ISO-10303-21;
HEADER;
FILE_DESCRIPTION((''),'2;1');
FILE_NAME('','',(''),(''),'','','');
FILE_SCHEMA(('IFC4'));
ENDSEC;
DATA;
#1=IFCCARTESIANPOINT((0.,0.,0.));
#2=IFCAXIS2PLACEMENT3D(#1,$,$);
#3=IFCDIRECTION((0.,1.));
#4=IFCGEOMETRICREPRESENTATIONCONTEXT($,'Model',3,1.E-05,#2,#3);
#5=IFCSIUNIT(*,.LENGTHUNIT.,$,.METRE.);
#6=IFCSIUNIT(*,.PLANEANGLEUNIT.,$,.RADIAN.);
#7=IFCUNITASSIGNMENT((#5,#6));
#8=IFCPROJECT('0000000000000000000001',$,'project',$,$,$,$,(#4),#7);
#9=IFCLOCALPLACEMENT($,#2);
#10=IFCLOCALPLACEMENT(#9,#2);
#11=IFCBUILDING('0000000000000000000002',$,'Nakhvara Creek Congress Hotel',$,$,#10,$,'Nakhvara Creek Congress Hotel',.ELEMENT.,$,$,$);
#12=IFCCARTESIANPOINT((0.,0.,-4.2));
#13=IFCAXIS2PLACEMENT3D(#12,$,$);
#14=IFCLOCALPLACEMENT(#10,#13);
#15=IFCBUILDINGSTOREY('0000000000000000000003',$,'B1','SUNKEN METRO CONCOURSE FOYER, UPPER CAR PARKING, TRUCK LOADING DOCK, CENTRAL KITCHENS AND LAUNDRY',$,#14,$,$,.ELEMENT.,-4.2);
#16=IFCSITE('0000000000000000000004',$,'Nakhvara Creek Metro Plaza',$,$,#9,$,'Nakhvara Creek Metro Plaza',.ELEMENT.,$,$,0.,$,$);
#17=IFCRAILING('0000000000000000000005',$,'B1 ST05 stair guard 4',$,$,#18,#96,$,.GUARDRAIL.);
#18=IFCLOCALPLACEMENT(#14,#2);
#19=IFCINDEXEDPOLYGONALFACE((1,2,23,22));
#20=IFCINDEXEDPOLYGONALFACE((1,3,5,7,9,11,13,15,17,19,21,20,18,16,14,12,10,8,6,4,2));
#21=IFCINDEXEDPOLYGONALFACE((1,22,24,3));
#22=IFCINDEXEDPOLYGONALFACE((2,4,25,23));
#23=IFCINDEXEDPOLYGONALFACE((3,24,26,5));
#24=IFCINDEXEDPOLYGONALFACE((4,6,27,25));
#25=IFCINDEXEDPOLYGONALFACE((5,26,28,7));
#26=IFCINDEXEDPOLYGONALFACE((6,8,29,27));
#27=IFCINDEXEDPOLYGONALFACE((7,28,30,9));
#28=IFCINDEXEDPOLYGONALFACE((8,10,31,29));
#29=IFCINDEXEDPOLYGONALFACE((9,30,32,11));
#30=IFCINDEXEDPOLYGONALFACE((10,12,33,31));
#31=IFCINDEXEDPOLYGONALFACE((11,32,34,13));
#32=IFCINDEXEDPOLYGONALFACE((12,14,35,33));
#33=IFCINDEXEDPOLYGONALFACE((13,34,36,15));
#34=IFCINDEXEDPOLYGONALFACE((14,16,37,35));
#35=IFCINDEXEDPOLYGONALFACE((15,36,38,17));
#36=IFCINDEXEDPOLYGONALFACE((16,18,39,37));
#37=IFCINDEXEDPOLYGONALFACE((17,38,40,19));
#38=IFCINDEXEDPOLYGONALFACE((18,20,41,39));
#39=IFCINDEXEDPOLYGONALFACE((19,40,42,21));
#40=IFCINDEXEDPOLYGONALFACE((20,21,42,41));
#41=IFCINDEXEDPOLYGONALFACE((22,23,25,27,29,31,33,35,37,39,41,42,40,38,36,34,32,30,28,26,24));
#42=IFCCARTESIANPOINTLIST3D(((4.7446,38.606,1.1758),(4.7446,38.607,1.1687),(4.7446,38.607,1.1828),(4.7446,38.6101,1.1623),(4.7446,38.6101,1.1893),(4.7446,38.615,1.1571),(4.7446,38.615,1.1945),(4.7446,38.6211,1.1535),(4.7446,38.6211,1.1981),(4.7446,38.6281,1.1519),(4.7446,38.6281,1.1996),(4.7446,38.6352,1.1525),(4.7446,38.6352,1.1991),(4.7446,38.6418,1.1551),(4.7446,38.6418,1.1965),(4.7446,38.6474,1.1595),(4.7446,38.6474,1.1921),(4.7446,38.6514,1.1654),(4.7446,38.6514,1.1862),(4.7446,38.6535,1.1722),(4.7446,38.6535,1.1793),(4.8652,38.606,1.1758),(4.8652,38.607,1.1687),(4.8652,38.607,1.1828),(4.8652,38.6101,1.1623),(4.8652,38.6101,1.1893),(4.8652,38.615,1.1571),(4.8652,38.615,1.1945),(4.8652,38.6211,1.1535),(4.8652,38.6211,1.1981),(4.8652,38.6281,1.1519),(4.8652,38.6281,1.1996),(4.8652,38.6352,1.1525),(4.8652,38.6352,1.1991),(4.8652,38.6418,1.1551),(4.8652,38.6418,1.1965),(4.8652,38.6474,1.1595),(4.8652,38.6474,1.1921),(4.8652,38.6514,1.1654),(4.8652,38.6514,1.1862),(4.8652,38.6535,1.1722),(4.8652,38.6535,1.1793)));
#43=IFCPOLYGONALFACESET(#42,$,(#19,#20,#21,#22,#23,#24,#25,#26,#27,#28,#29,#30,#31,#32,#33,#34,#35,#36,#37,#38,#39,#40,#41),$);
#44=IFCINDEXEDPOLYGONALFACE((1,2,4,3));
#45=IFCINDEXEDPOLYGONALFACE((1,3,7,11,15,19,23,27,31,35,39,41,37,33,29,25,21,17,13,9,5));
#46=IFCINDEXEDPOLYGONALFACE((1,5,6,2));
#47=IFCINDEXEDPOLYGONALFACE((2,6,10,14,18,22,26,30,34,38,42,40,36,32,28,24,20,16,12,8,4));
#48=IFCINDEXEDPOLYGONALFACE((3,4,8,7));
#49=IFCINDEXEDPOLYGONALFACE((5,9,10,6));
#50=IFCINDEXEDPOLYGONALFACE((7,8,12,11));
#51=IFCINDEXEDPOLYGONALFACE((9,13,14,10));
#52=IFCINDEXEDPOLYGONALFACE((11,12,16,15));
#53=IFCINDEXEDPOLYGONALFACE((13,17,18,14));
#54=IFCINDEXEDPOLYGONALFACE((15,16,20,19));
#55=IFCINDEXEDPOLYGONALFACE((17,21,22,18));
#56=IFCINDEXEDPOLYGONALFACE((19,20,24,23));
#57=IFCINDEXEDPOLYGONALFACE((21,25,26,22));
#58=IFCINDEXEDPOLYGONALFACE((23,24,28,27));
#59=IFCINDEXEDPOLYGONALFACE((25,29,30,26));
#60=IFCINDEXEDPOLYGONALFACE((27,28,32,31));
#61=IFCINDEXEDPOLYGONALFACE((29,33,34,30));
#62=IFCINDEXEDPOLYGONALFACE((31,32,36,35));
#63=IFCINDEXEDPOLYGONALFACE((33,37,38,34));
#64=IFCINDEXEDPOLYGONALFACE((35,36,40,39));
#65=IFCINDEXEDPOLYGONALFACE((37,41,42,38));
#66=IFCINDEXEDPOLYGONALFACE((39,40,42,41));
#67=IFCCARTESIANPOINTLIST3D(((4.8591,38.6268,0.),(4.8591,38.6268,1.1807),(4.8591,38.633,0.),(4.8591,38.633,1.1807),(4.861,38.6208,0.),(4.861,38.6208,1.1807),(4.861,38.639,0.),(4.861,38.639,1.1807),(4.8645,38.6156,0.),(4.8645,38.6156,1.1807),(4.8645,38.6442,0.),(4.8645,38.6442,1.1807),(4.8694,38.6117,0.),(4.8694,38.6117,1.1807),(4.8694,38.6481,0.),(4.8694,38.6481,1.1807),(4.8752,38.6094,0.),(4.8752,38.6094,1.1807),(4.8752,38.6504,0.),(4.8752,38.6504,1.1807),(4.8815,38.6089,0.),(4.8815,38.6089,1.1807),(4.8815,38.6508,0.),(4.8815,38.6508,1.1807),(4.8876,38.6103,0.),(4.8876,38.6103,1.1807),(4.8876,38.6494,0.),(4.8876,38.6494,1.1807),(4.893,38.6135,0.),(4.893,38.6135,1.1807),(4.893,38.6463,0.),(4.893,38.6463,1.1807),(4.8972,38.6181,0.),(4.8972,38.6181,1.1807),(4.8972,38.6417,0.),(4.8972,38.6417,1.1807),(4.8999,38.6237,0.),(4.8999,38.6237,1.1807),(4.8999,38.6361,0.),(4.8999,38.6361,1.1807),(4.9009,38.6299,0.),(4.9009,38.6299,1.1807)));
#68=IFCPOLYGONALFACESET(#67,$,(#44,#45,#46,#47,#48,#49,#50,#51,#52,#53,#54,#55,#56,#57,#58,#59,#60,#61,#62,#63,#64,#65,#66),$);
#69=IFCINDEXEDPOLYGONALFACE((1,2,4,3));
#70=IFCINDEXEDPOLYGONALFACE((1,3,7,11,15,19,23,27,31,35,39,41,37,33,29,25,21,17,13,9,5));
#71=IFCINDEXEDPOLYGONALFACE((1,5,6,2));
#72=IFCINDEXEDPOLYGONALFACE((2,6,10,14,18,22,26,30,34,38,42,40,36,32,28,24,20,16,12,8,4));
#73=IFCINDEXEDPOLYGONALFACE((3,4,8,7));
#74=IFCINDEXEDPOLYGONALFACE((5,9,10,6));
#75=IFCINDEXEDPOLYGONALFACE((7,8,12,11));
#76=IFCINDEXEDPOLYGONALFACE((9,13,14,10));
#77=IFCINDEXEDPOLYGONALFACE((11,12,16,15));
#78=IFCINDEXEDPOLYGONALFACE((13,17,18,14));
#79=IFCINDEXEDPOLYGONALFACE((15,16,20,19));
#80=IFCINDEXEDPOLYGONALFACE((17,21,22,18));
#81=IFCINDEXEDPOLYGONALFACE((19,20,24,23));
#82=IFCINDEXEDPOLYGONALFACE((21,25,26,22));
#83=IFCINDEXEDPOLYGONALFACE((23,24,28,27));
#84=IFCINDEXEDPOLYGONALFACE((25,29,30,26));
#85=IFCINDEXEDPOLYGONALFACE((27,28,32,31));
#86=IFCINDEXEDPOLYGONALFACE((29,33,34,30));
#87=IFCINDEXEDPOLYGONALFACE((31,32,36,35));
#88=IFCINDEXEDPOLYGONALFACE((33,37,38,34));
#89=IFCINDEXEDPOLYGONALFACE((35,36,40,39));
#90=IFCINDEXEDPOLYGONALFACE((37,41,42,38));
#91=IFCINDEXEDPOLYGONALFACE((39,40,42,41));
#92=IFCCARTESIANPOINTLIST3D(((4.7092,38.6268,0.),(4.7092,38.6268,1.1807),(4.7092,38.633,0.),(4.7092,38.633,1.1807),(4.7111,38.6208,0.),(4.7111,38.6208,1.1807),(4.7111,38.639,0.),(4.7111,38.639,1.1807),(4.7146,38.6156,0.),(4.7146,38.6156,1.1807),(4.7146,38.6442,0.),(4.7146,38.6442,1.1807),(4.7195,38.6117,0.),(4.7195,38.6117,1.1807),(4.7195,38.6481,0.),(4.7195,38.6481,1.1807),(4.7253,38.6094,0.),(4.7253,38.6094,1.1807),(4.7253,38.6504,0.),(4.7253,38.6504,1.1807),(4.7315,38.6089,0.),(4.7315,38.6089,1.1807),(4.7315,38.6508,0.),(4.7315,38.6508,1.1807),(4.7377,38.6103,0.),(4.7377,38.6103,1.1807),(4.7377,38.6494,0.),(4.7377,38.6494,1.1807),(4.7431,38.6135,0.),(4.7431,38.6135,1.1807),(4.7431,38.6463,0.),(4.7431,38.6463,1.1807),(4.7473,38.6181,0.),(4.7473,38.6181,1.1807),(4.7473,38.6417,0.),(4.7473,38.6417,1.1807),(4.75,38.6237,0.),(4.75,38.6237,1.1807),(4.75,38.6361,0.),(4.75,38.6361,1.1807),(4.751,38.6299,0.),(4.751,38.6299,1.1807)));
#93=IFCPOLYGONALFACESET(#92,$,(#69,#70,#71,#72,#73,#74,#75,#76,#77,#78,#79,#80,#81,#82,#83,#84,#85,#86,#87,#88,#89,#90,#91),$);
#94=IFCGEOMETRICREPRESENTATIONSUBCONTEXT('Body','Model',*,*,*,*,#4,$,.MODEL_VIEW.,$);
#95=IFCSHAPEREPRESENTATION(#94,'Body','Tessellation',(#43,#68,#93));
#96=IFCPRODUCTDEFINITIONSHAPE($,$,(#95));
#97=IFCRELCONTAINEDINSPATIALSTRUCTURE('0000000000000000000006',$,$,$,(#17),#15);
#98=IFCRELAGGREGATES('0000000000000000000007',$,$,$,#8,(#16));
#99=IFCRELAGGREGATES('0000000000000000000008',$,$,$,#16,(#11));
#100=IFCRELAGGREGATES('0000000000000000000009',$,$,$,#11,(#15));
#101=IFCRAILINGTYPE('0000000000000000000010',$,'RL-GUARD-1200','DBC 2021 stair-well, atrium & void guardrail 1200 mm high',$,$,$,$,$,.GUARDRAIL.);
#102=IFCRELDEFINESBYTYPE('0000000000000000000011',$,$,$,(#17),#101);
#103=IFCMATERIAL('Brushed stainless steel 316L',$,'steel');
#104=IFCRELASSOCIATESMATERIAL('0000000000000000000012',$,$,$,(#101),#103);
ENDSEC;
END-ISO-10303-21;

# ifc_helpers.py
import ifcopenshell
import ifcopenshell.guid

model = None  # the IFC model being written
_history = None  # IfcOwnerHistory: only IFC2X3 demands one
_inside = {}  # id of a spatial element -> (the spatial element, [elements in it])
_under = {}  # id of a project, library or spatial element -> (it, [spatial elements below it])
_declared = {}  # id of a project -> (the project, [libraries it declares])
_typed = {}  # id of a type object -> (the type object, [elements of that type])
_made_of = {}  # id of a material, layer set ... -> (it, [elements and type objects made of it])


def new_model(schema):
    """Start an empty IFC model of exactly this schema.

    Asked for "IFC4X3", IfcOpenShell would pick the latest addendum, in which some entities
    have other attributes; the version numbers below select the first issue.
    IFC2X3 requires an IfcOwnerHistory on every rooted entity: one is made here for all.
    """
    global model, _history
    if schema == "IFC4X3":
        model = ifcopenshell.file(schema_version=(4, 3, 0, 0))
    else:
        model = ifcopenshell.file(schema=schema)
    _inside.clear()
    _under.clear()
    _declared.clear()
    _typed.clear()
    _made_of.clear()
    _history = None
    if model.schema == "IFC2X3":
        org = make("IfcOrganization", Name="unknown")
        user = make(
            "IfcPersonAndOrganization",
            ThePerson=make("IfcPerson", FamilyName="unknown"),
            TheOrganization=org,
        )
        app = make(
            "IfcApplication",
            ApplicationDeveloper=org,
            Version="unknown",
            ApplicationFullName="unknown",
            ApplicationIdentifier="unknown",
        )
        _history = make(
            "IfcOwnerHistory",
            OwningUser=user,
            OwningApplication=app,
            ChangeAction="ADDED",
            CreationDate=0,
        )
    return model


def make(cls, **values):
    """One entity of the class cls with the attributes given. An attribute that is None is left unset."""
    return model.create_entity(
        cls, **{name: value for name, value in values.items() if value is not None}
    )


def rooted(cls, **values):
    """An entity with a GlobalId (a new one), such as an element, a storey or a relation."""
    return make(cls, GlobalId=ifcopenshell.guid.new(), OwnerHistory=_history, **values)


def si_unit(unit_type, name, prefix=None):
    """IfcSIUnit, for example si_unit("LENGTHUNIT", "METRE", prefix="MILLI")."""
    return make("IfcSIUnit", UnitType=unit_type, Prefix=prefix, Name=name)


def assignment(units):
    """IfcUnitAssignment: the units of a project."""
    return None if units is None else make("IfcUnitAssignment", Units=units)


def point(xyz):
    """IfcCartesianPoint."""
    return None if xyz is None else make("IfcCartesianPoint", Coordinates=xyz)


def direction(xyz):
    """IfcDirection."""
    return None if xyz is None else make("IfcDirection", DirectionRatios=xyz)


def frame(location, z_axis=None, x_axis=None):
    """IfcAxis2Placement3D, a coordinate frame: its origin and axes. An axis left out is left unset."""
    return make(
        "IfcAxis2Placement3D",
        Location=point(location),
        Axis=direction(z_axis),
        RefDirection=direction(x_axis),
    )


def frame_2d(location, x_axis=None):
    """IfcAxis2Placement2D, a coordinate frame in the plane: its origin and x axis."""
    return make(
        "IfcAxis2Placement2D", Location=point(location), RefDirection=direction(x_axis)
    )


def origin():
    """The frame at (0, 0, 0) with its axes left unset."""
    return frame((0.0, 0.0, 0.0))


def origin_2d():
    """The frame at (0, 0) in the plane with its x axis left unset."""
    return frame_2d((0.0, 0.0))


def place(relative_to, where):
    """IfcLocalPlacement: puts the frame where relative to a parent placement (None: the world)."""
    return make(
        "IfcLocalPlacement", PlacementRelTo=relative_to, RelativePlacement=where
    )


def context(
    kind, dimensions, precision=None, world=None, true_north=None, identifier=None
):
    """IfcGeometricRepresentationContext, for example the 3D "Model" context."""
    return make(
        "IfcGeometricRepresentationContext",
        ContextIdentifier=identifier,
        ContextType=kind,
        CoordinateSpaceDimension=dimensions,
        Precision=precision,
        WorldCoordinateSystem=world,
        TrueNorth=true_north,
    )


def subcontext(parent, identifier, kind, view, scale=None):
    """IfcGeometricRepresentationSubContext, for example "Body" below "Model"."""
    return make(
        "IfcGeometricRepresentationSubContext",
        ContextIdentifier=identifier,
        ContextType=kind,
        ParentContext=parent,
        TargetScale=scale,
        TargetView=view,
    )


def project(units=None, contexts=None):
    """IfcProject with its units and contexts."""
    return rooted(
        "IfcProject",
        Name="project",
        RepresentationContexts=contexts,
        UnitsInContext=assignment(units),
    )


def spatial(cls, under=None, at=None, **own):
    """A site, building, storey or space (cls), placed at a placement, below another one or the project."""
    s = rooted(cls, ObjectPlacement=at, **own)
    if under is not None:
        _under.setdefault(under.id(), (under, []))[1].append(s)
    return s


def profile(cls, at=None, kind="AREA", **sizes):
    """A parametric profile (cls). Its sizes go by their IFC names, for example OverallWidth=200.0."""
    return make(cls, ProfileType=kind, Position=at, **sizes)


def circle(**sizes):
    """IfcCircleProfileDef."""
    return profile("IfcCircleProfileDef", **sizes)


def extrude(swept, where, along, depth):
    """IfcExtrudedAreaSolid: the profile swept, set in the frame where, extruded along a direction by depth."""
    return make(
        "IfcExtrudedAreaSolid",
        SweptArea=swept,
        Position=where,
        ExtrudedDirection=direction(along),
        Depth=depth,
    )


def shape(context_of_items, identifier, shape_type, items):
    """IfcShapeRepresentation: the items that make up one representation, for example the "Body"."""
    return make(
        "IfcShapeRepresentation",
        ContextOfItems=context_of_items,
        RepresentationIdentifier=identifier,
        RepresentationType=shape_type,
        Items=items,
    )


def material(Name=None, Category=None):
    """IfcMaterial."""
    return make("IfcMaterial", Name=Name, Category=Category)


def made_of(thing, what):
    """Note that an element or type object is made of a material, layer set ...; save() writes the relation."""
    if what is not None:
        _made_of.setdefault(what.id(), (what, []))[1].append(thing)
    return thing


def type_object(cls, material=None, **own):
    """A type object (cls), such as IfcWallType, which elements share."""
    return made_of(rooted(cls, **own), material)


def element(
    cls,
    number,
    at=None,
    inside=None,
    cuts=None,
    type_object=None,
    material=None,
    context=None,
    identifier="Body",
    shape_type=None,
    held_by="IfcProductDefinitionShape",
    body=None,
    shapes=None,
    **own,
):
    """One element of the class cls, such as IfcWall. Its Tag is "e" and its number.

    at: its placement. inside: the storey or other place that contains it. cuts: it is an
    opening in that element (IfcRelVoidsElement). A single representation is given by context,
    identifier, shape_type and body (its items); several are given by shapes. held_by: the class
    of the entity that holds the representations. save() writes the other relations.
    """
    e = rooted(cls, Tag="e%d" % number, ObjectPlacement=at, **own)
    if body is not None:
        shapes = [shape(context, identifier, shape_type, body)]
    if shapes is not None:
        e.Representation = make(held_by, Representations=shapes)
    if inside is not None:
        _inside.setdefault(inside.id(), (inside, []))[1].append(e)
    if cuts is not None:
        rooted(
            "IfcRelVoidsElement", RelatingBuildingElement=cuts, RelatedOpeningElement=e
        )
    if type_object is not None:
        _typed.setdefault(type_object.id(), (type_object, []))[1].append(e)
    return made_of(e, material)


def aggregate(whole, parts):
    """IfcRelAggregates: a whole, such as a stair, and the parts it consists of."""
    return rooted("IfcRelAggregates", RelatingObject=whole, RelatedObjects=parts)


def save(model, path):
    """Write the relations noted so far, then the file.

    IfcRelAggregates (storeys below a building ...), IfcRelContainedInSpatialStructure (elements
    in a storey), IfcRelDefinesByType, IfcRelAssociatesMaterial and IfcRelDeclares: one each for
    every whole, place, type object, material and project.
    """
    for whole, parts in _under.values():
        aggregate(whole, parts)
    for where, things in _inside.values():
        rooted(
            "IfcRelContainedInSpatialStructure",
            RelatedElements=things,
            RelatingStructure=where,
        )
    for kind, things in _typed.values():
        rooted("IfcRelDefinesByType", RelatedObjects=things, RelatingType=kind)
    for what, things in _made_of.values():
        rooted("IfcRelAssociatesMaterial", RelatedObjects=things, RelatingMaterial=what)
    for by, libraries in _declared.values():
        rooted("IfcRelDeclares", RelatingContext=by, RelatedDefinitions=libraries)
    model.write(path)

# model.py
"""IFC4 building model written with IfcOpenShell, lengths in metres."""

from ifc_helpers import new_model, si_unit, direction, frame, origin, origin_2d, place, context, subcontext, project, spatial, circle, extrude, material, type_object, element, save


model = new_model("IFC4")

# Units and contexts
model_context = context("Model", 3, precision=1e-05, world=origin(), true_north=direction((0.0, 1.0)))
body_context = subcontext(model_context, "Body", "Model", "MODEL_VIEW")
ifc_project = project(units=[si_unit("LENGTHUNIT", "METRE"), si_unit("PLANEANGLEUNIT", "RADIAN")], contexts=[model_context])

# Site, building, storey
site_placement = place(None, origin())
site = spatial("IfcSite", under=ifc_project, at=site_placement, Name="Nakhvara Creek Metro Plaza", LongName="Nakhvara Creek Metro Plaza", CompositionType="ELEMENT", RefElevation=0.0)
building_placement = place(site_placement, origin())
building = spatial("IfcBuilding", under=site, at=building_placement, Name="Nakhvara Creek Congress Hotel", LongName="Nakhvara Creek Congress Hotel", CompositionType="ELEMENT")
storey_placement = place(building_placement, frame((0.0, 0.0, -4.2)))
storey = spatial("IfcBuildingStorey", under=building, at=storey_placement, Name="B1", Description="SUNKEN METRO CONCOURSE FOYER, UPPER CAR PARKING, TRUCK LOADING DOCK, CENTRAL KITCHENS AND LAUNDRY", CompositionType="ELEMENT", Elevation=-4.2)

# Railing
ifc_material_1 = material(Name="Brushed stainless steel 316L", Category="steel")
railing_type_1 = type_object("IfcRailingType", Name="RL-GUARD-1200", Description="DBC 2021 stair-well, atrium & void guardrail 1200 mm high", PredefinedType="GUARDRAIL", material=ifc_material_1)
railing_1_placement = place(storey_placement, frame((4.8799, 38.6299, 0.0)))
element("IfcRailing", 1, at=railing_1_placement, inside=storey, type_object=railing_type_1, Name="B1 ST05 stair guard 4", PredefinedType="GUARDRAIL", context=body_context, shape_type="SweptSolid", body=[
    extrude(circle(Radius=0.0239, at=origin_2d()), frame((-0.0146, 0.0, 1.1758), z_axis=(-1.0, 0.0, 0.0), x_axis=(0.0, -1.0, 0.0)), (0.0, 0.0, 1.0), 0.1206),
    extrude(circle(Radius=0.021, at=origin_2d()), origin(), (0.0, 0.0, 1.0), 1.1807),
    extrude(circle(Radius=0.021, at=origin_2d()), frame((-0.1499, 0.0, 0.0)), (0.0, 0.0, 1.0), 1.1807),
])

save(model, "model.ifc")
